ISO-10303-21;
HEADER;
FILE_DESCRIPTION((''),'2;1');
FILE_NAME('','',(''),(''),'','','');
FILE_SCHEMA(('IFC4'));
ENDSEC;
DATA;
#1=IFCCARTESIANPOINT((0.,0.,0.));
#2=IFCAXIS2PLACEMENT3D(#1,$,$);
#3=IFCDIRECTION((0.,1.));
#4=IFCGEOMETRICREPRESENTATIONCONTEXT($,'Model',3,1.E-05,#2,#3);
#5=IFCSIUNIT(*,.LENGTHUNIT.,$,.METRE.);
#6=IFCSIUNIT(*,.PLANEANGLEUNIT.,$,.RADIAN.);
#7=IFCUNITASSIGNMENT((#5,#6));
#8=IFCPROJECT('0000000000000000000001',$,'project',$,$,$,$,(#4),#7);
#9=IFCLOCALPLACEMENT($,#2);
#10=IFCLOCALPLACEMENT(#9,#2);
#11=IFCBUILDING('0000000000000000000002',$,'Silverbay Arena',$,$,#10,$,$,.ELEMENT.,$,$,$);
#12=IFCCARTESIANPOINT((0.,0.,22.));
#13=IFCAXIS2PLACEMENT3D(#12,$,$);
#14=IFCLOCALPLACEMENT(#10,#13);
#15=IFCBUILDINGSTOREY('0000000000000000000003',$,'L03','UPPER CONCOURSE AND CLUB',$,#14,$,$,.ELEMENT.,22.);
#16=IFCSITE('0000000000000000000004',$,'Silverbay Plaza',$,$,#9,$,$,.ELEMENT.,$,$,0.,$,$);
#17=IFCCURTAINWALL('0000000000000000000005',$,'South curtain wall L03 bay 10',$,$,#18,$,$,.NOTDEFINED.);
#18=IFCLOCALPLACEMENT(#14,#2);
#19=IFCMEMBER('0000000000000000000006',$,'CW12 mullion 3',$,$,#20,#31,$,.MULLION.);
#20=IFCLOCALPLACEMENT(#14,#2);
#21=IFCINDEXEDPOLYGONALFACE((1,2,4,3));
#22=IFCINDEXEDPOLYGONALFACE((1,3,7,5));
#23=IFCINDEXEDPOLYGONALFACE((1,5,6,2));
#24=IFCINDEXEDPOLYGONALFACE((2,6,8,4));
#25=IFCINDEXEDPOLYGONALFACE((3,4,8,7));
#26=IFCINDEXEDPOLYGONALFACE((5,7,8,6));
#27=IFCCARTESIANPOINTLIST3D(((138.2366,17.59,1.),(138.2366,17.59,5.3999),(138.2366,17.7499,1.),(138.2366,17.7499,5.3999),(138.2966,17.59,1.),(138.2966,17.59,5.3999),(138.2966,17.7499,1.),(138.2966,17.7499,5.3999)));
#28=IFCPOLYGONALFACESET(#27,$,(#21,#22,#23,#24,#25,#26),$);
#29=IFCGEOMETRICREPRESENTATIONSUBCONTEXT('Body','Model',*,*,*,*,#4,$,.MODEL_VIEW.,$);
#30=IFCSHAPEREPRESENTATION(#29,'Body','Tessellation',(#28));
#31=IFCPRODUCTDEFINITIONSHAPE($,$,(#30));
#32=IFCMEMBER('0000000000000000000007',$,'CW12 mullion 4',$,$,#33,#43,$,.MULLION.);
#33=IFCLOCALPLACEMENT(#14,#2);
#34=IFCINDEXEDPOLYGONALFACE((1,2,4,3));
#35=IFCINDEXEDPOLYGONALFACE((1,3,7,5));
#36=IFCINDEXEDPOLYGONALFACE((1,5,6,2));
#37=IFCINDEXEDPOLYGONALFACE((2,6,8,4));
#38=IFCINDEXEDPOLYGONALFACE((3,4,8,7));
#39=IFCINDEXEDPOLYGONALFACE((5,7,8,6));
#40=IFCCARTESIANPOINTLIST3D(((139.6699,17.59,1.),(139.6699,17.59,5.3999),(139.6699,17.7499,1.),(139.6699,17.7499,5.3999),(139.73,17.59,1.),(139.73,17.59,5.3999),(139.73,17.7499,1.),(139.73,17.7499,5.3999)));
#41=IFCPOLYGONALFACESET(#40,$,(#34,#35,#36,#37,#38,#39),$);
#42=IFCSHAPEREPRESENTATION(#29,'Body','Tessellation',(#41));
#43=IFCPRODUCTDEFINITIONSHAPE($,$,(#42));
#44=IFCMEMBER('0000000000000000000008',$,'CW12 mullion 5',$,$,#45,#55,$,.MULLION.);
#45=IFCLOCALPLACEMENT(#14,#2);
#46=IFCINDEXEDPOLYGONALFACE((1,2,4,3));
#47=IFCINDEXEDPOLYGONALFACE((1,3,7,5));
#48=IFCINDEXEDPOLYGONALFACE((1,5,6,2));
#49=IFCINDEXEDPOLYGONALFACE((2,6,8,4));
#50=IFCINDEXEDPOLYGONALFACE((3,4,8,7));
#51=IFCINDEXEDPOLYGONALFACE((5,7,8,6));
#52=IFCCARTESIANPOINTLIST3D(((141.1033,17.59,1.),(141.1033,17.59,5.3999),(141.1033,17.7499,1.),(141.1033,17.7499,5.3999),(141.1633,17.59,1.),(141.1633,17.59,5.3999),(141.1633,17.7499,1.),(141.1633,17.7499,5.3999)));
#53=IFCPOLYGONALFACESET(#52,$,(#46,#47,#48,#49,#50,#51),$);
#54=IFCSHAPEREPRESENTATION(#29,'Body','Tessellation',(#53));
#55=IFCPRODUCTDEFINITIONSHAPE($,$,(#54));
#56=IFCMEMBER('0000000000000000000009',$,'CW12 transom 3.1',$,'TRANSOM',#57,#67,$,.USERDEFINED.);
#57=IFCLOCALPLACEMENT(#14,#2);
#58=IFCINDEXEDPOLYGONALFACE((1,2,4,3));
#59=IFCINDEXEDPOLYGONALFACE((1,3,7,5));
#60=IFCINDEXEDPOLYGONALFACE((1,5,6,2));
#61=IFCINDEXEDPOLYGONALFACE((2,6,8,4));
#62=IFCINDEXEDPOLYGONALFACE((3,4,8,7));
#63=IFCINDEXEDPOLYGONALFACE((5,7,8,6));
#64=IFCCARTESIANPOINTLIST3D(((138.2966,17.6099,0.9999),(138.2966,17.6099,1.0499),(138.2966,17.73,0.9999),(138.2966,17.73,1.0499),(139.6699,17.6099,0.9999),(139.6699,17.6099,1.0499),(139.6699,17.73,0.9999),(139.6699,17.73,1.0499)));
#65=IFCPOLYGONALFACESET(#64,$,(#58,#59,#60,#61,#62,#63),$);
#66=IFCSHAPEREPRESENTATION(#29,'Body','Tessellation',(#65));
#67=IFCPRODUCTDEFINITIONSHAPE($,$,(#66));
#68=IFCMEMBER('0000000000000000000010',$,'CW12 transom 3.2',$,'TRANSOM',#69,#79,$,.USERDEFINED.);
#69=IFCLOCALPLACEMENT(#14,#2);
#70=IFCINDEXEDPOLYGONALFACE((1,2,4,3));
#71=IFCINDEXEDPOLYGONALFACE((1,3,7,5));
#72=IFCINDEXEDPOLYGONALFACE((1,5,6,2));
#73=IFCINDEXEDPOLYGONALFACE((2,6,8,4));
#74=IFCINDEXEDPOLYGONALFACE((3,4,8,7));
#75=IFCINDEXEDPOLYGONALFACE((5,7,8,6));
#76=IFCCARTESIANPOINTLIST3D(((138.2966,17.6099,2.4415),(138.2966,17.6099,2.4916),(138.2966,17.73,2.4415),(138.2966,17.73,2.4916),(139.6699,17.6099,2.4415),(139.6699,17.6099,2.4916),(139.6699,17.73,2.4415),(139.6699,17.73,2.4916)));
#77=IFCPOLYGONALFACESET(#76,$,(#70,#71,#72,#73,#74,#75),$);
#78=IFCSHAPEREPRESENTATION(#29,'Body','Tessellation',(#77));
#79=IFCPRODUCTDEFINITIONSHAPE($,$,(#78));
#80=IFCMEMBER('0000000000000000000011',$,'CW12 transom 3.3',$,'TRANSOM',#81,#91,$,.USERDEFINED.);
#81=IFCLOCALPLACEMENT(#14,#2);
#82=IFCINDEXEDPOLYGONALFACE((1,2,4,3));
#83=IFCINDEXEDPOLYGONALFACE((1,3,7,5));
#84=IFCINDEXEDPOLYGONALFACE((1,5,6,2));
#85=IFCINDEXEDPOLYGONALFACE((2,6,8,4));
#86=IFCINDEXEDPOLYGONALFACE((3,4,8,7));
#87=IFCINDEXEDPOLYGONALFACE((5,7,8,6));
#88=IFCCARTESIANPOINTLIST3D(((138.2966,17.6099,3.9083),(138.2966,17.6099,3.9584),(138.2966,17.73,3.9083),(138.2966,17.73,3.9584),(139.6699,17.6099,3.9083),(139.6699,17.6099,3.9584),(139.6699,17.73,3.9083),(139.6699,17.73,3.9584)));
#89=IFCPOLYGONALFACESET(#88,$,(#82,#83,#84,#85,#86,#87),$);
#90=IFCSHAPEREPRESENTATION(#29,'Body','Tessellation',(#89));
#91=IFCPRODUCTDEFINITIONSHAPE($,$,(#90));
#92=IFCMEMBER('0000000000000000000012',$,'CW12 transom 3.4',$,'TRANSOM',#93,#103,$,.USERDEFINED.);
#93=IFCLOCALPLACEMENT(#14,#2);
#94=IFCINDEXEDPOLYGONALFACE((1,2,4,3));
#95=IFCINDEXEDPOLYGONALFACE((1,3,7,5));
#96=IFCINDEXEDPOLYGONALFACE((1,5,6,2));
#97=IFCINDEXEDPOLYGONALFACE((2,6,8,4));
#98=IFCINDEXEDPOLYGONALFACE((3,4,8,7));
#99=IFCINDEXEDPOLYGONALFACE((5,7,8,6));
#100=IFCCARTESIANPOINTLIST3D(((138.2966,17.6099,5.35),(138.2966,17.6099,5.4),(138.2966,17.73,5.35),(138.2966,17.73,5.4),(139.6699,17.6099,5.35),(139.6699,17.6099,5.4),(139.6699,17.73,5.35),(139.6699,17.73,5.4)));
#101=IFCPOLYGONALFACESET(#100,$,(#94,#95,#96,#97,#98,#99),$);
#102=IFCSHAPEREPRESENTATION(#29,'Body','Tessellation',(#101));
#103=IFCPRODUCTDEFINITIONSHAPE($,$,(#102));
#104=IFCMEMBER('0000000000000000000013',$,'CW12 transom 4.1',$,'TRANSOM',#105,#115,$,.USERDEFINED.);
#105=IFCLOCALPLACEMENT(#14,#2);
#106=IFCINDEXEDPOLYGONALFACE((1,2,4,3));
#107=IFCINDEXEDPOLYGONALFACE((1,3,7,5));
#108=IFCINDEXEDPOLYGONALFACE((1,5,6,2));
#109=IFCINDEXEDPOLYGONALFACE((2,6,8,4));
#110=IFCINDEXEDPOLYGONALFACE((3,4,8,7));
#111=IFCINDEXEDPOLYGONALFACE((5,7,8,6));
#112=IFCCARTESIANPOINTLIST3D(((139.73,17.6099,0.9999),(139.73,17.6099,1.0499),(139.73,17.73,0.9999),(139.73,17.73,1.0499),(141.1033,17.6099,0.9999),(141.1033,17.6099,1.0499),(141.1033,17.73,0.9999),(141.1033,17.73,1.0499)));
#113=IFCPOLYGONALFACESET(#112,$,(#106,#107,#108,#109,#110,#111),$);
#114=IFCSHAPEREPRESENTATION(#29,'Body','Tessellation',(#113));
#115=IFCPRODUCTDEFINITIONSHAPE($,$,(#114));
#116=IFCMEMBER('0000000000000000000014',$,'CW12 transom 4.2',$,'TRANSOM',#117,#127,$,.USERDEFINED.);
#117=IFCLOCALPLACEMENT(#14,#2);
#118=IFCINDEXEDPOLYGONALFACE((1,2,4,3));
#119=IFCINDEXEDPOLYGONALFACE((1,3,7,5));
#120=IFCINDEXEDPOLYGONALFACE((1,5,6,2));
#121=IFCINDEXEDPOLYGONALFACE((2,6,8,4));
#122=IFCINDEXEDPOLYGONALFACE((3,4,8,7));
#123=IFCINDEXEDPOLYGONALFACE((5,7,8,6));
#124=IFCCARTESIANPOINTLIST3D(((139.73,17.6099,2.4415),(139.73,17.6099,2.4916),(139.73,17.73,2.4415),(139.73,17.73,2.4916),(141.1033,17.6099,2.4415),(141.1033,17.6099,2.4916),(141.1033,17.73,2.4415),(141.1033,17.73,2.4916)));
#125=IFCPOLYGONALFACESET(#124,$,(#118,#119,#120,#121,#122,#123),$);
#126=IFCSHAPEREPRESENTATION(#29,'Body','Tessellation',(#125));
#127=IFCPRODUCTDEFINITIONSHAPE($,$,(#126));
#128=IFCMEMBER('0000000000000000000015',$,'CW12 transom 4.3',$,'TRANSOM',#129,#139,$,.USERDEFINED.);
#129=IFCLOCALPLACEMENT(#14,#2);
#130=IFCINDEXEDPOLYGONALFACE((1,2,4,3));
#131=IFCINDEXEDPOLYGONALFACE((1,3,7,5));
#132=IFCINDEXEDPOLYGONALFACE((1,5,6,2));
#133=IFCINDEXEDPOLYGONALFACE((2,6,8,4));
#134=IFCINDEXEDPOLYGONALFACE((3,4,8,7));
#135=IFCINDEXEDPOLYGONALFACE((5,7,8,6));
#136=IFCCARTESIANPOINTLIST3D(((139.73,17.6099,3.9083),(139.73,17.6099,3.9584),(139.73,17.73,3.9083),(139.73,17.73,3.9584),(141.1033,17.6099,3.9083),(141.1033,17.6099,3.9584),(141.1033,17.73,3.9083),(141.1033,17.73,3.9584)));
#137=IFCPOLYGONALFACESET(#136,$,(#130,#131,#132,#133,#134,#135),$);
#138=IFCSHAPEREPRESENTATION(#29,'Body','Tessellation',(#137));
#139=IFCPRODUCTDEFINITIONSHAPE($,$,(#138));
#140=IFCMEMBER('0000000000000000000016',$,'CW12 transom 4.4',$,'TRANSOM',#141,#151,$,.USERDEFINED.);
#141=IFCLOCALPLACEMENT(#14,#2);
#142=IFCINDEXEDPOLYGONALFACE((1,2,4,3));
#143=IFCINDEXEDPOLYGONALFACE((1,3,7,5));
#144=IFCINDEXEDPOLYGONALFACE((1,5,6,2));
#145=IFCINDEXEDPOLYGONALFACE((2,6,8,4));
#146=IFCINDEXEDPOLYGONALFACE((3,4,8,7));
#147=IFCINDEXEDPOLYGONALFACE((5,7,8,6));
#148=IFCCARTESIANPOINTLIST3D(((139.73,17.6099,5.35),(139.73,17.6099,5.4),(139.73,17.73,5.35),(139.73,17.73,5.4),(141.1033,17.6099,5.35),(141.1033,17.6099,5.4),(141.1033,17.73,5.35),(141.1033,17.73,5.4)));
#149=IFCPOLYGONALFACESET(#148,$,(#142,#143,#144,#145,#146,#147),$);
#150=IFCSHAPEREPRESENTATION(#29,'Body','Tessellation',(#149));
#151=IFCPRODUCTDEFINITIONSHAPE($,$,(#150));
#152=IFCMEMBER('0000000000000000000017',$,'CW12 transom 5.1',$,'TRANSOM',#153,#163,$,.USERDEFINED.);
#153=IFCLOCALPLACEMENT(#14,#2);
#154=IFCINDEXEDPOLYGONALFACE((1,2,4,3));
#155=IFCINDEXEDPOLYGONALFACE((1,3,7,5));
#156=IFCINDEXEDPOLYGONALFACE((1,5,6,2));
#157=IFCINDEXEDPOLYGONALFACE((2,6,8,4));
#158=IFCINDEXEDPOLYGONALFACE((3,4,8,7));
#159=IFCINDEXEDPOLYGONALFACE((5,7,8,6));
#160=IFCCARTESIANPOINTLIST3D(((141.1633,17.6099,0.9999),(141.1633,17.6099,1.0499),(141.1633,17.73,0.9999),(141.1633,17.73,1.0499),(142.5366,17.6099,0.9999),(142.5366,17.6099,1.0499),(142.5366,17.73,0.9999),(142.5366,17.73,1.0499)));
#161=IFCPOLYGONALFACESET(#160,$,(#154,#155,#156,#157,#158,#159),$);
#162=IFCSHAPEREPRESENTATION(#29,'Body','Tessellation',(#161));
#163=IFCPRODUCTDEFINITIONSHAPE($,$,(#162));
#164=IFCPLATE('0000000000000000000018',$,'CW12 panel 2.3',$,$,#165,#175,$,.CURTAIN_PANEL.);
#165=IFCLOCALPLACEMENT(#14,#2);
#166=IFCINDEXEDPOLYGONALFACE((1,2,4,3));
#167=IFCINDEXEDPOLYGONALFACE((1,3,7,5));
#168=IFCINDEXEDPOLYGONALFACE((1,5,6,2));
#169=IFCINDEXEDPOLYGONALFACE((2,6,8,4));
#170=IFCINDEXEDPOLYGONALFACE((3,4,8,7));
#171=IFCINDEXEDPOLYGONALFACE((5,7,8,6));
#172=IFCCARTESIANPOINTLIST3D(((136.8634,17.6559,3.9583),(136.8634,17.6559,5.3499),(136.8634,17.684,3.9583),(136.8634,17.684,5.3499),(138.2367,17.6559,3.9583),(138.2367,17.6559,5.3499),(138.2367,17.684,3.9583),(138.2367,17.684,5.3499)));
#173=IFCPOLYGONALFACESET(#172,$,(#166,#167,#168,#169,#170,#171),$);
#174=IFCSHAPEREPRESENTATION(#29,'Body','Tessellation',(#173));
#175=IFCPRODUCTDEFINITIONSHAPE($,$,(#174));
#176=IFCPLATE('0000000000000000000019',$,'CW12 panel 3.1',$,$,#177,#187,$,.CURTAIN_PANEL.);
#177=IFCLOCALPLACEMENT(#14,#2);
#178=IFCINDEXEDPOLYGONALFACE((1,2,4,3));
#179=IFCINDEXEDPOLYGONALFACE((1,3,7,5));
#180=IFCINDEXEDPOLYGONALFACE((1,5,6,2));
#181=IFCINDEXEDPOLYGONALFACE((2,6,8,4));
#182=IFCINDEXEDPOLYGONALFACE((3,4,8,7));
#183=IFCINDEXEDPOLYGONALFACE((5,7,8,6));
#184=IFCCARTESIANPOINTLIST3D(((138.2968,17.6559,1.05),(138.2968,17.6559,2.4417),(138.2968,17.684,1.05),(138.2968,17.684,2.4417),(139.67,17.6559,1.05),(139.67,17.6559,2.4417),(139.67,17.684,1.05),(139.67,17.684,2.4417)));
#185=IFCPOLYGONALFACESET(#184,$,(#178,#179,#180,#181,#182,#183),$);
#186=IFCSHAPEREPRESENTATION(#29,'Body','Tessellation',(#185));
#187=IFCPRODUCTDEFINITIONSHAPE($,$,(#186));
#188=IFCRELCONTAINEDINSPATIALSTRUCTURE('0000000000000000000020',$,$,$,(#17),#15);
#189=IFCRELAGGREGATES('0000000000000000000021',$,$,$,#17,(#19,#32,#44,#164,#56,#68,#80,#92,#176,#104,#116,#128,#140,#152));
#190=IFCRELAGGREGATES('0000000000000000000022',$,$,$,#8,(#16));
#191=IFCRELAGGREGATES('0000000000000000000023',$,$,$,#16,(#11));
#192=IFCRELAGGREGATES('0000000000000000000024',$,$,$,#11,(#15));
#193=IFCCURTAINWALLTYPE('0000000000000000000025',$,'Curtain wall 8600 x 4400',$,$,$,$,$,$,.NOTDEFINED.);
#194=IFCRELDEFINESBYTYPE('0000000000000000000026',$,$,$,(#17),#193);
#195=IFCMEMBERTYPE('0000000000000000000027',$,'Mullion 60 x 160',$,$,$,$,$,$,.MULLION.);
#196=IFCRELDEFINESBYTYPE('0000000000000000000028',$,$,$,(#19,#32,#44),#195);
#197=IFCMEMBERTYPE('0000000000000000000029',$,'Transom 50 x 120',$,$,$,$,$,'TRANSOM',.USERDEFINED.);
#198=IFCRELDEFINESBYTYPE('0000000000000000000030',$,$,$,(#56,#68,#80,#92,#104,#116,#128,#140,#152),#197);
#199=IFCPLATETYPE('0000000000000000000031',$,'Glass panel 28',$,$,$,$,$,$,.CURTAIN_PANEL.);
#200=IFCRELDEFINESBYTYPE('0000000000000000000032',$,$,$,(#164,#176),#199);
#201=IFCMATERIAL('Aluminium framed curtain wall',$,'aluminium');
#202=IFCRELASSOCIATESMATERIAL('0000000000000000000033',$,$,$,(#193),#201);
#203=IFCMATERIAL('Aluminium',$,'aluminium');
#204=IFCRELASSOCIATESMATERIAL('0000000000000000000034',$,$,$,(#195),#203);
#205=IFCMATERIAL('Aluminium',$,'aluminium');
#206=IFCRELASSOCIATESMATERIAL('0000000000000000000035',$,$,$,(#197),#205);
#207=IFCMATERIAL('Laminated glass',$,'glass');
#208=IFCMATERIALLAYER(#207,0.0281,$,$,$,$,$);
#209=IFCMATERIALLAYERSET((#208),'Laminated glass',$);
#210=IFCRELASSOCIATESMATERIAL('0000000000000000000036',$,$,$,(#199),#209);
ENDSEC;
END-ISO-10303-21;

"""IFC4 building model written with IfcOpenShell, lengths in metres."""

from ifc_helpers import new_model, si_unit, direction, frame, origin, origin_2d, place, context, subcontext, project, spatial, rectangle, extrude, material, layer, layer_set, material_profile, profile_set, type_object, element, aggregate, save


model = new_model("IFC4")

# Units and contexts
model_context = context("Model", 3, precision=1e-05, world=origin(), true_north=direction((0.0, 1.0)))
body_context = subcontext(model_context, "Body", "Model", "MODEL_VIEW")
ifc_project = project(units=[si_unit("LENGTHUNIT", "METRE"), si_unit("PLANEANGLEUNIT", "RADIAN")], contexts=[model_context])

# Site, building, storey
site_placement = place(None, origin())
site = spatial("IfcSite", under=ifc_project, at=site_placement, Name="Silverbay Plaza", CompositionType="ELEMENT", RefElevation=0.0)
building_placement = place(site_placement, origin())
building = spatial("IfcBuilding", under=site, at=building_placement, Name="Silverbay Arena", CompositionType="ELEMENT")
storey_placement = place(building_placement, frame((0.0, 0.0, 22.0)))
storey = spatial("IfcBuildingStorey", under=building, at=storey_placement, Name="L03", Description="UPPER CONCOURSE AND CLUB", CompositionType="ELEMENT", Elevation=22.0)

# Curtain wall, members, plates
ifc_material_1 = material(Name="Aluminium framed curtain wall", Category="aluminium")
curtain_wall_type = type_object("IfcCurtainWallType", Name="Curtain wall 8600 x 4400", PredefinedType="NOTDEFINED", material=ifc_material_1)
curtain_wall_placement = place(storey_placement, origin())
curtain_wall = element("IfcCurtainWall", 1, at=curtain_wall_placement, inside=storey, type_object=curtain_wall_type, Name="South curtain wall L03 bay 10", PredefinedType="NOTDEFINED")
ifc_material_2 = material(Name="Aluminium", Category="aluminium")
ifc_material_profile_1 = material_profile(ifc_material_2, rectangle(XDim=0.1599, YDim=0.0601, at=origin_2d()), Name="Mullion 60 x 160")
ifc_profile_set_1 = profile_set([ifc_material_profile_1], Name="Aluminium")
member_type_1 = type_object("IfcMemberType", Name="Mullion 60 x 160", PredefinedType="MULLION", material=ifc_profile_set_1)
member_1_placement = place(storey_placement, frame((138.2666, 17.6699, 1.0), z_axis=(0.0, 0.0, 1.0), x_axis=(0.0, 1.0, 0.0)))
member_1 = element("IfcMember", 2, at=member_1_placement, type_object=member_type_1, Name="CW12 mullion 3", PredefinedType="MULLION", context=body_context, shape_type="SweptSolid", body=[
    extrude(rectangle(XDim=0.1599, YDim=0.0601, at=origin_2d()), origin(), (0.0, 0.0, 1.0), 4.3999),
])
member_2_placement = place(storey_placement, frame((139.7, 17.6699, 1.0), z_axis=(0.0, 0.0, 1.0), x_axis=(0.0, 1.0, 0.0)))
member_2 = element("IfcMember", 3, at=member_2_placement, type_object=member_type_1, Name="CW12 mullion 4", PredefinedType="MULLION", context=body_context, shape_type="SweptSolid", body=[
    extrude(rectangle(XDim=0.1599, YDim=0.0601, at=origin_2d()), origin(), (0.0, 0.0, 1.0), 4.3999),
])
member_3_placement = place(storey_placement, frame((141.1333, 17.6699, 1.0), z_axis=(0.0, 0.0, 1.0), x_axis=(0.0, 1.0, 0.0)))
member_3 = element("IfcMember", 4, at=member_3_placement, type_object=member_type_1, Name="CW12 mullion 5", PredefinedType="MULLION", context=body_context, shape_type="SweptSolid", body=[
    extrude(rectangle(XDim=0.1599, YDim=0.0601, at=origin_2d()), origin(), (0.0, 0.0, 1.0), 4.3999),
])
ifc_material_3 = material(Name="Aluminium", Category="aluminium")
ifc_material_profile_2 = material_profile(ifc_material_3, rectangle(XDim=0.1201, YDim=0.05, at=origin_2d()), Name="Transom 50 x 120")
ifc_profile_set_2 = profile_set([ifc_material_profile_2], Name="Aluminium")
member_type_2 = type_object("IfcMemberType", Name="Transom 50 x 120", ElementType="TRANSOM", PredefinedType="USERDEFINED", material=ifc_profile_set_2)
member_4_placement = place(storey_placement, frame((138.2966, 17.6699, 1.0249), z_axis=(1.0, 0.0, 0.0), x_axis=(0.0, 1.0, 0.0)))
member_4 = element("IfcMember", 5, at=member_4_placement, type_object=member_type_2, Name="CW12 transom 3.1", ObjectType="TRANSOM", PredefinedType="USERDEFINED", context=body_context, shape_type="SweptSolid", body=[
    extrude(rectangle(XDim=0.1201, YDim=0.05, at=origin_2d()), origin(), (0.0, 0.0, 1.0), 1.3733),
])
member_5_placement = place(storey_placement, frame((138.2966, 17.6699, 2.4666), z_axis=(1.0, 0.0, 0.0), x_axis=(0.0, 1.0, 0.0)))
member_5 = element("IfcMember", 6, at=member_5_placement, type_object=member_type_2, Name="CW12 transom 3.2", ObjectType="TRANSOM", PredefinedType="USERDEFINED", context=body_context, shape_type="SweptSolid", body=[
    extrude(rectangle(XDim=0.1201, YDim=0.05, at=origin_2d()), origin(), (0.0, 0.0, 1.0), 1.3733),
])
member_6_placement = place(storey_placement, frame((138.2966, 17.6699, 3.9333), z_axis=(1.0, 0.0, 0.0), x_axis=(0.0, 1.0, 0.0)))
member_6 = element("IfcMember", 7, at=member_6_placement, type_object=member_type_2, Name="CW12 transom 3.3", ObjectType="TRANSOM", PredefinedType="USERDEFINED", context=body_context, shape_type="SweptSolid", body=[
    extrude(rectangle(XDim=0.1201, YDim=0.05, at=origin_2d()), origin(), (0.0, 0.0, 1.0), 1.3733),
])
member_7_placement = place(storey_placement, frame((138.2966, 17.6699, 5.375), z_axis=(1.0, 0.0, 0.0), x_axis=(0.0, 1.0, 0.0)))
member_7 = element("IfcMember", 8, at=member_7_placement, type_object=member_type_2, Name="CW12 transom 3.4", ObjectType="TRANSOM", PredefinedType="USERDEFINED", context=body_context, shape_type="SweptSolid", body=[
    extrude(rectangle(XDim=0.1201, YDim=0.05, at=origin_2d()), origin(), (0.0, 0.0, 1.0), 1.3733),
])
member_8_placement = place(storey_placement, frame((139.73, 17.6699, 1.0249), z_axis=(1.0, 0.0, 0.0), x_axis=(0.0, 1.0, 0.0)))
member_8 = element("IfcMember", 9, at=member_8_placement, type_object=member_type_2, Name="CW12 transom 4.1", ObjectType="TRANSOM", PredefinedType="USERDEFINED", context=body_context, shape_type="SweptSolid", body=[
    extrude(rectangle(XDim=0.1201, YDim=0.05, at=origin_2d()), origin(), (0.0, 0.0, 1.0), 1.3733),
])
member_9_placement = place(storey_placement, frame((139.73, 17.6699, 2.4666), z_axis=(1.0, 0.0, 0.0), x_axis=(0.0, 1.0, 0.0)))
member_9 = element("IfcMember", 10, at=member_9_placement, type_object=member_type_2, Name="CW12 transom 4.2", ObjectType="TRANSOM", PredefinedType="USERDEFINED", context=body_context, shape_type="SweptSolid", body=[
    extrude(rectangle(XDim=0.1201, YDim=0.05, at=origin_2d()), origin(), (0.0, 0.0, 1.0), 1.3733),
])
member_10_placement = place(storey_placement, frame((139.73, 17.6699, 3.9333), z_axis=(1.0, 0.0, 0.0), x_axis=(0.0, 1.0, 0.0)))
member_10 = element("IfcMember", 11, at=member_10_placement, type_object=member_type_2, Name="CW12 transom 4.3", ObjectType="TRANSOM", PredefinedType="USERDEFINED", context=body_context, shape_type="SweptSolid", body=[
    extrude(rectangle(XDim=0.1201, YDim=0.05, at=origin_2d()), origin(), (0.0, 0.0, 1.0), 1.3733),
])
member_11_placement = place(storey_placement, frame((139.73, 17.6699, 5.375), z_axis=(1.0, 0.0, 0.0), x_axis=(0.0, 1.0, 0.0)))
member_11 = element("IfcMember", 12, at=member_11_placement, type_object=member_type_2, Name="CW12 transom 4.4", ObjectType="TRANSOM", PredefinedType="USERDEFINED", context=body_context, shape_type="SweptSolid", body=[
    extrude(rectangle(XDim=0.1201, YDim=0.05, at=origin_2d()), origin(), (0.0, 0.0, 1.0), 1.3733),
])
member_12_placement = place(storey_placement, frame((141.1633, 17.6699, 1.0249), z_axis=(1.0, 0.0, 0.0), x_axis=(0.0, 1.0, 0.0)))
member_12 = element("IfcMember", 13, at=member_12_placement, type_object=member_type_2, Name="CW12 transom 5.1", ObjectType="TRANSOM", PredefinedType="USERDEFINED", context=body_context, shape_type="SweptSolid", body=[
    extrude(rectangle(XDim=0.1201, YDim=0.05, at=origin_2d()), origin(), (0.0, 0.0, 1.0), 1.3733),
])
ifc_material_4 = material(Name="Laminated glass", Category="glass")
ifc_layer = layer(ifc_material_4, 0.0281)
ifc_layer_set = layer_set([ifc_layer], Name="Laminated glass")
plate_type = type_object("IfcPlateType", Name="Glass panel 28", PredefinedType="CURTAIN_PANEL", material=ifc_layer_set)
plate_1_placement = place(storey_placement, frame((137.55, 17.6699, 3.9583), z_axis=(0.0, 0.0, 1.0), x_axis=(1.0, 0.0, 0.0)))
plate_1 = element("IfcPlate", 14, at=plate_1_placement, type_object=plate_type, Name="CW12 panel 2.3", PredefinedType="CURTAIN_PANEL", context=body_context, shape_type="SweptSolid", body=[
    extrude(rectangle(XDim=1.3733, YDim=0.0281, at=origin_2d()), origin(), (0.0, 0.0, 1.0), 1.3916),
])
plate_2_placement = place(storey_placement, frame((138.9834, 17.6699, 1.05), z_axis=(0.0, 0.0, 1.0), x_axis=(1.0, 0.0, 0.0)))
plate_2 = element("IfcPlate", 15, at=plate_2_placement, type_object=plate_type, Name="CW12 panel 3.1", PredefinedType="CURTAIN_PANEL", context=body_context, shape_type="SweptSolid", body=[
    extrude(rectangle(XDim=1.3733, YDim=0.0281, at=origin_2d()), origin(), (0.0, 0.0, 1.0), 1.3916),
])
aggregate(curtain_wall, [member_1, member_2, member_3, plate_1, member_4, member_5, member_6, member_7, plate_2, member_8, member_9, member_10, member_11, member_12])

save(model, "model.ifc")
